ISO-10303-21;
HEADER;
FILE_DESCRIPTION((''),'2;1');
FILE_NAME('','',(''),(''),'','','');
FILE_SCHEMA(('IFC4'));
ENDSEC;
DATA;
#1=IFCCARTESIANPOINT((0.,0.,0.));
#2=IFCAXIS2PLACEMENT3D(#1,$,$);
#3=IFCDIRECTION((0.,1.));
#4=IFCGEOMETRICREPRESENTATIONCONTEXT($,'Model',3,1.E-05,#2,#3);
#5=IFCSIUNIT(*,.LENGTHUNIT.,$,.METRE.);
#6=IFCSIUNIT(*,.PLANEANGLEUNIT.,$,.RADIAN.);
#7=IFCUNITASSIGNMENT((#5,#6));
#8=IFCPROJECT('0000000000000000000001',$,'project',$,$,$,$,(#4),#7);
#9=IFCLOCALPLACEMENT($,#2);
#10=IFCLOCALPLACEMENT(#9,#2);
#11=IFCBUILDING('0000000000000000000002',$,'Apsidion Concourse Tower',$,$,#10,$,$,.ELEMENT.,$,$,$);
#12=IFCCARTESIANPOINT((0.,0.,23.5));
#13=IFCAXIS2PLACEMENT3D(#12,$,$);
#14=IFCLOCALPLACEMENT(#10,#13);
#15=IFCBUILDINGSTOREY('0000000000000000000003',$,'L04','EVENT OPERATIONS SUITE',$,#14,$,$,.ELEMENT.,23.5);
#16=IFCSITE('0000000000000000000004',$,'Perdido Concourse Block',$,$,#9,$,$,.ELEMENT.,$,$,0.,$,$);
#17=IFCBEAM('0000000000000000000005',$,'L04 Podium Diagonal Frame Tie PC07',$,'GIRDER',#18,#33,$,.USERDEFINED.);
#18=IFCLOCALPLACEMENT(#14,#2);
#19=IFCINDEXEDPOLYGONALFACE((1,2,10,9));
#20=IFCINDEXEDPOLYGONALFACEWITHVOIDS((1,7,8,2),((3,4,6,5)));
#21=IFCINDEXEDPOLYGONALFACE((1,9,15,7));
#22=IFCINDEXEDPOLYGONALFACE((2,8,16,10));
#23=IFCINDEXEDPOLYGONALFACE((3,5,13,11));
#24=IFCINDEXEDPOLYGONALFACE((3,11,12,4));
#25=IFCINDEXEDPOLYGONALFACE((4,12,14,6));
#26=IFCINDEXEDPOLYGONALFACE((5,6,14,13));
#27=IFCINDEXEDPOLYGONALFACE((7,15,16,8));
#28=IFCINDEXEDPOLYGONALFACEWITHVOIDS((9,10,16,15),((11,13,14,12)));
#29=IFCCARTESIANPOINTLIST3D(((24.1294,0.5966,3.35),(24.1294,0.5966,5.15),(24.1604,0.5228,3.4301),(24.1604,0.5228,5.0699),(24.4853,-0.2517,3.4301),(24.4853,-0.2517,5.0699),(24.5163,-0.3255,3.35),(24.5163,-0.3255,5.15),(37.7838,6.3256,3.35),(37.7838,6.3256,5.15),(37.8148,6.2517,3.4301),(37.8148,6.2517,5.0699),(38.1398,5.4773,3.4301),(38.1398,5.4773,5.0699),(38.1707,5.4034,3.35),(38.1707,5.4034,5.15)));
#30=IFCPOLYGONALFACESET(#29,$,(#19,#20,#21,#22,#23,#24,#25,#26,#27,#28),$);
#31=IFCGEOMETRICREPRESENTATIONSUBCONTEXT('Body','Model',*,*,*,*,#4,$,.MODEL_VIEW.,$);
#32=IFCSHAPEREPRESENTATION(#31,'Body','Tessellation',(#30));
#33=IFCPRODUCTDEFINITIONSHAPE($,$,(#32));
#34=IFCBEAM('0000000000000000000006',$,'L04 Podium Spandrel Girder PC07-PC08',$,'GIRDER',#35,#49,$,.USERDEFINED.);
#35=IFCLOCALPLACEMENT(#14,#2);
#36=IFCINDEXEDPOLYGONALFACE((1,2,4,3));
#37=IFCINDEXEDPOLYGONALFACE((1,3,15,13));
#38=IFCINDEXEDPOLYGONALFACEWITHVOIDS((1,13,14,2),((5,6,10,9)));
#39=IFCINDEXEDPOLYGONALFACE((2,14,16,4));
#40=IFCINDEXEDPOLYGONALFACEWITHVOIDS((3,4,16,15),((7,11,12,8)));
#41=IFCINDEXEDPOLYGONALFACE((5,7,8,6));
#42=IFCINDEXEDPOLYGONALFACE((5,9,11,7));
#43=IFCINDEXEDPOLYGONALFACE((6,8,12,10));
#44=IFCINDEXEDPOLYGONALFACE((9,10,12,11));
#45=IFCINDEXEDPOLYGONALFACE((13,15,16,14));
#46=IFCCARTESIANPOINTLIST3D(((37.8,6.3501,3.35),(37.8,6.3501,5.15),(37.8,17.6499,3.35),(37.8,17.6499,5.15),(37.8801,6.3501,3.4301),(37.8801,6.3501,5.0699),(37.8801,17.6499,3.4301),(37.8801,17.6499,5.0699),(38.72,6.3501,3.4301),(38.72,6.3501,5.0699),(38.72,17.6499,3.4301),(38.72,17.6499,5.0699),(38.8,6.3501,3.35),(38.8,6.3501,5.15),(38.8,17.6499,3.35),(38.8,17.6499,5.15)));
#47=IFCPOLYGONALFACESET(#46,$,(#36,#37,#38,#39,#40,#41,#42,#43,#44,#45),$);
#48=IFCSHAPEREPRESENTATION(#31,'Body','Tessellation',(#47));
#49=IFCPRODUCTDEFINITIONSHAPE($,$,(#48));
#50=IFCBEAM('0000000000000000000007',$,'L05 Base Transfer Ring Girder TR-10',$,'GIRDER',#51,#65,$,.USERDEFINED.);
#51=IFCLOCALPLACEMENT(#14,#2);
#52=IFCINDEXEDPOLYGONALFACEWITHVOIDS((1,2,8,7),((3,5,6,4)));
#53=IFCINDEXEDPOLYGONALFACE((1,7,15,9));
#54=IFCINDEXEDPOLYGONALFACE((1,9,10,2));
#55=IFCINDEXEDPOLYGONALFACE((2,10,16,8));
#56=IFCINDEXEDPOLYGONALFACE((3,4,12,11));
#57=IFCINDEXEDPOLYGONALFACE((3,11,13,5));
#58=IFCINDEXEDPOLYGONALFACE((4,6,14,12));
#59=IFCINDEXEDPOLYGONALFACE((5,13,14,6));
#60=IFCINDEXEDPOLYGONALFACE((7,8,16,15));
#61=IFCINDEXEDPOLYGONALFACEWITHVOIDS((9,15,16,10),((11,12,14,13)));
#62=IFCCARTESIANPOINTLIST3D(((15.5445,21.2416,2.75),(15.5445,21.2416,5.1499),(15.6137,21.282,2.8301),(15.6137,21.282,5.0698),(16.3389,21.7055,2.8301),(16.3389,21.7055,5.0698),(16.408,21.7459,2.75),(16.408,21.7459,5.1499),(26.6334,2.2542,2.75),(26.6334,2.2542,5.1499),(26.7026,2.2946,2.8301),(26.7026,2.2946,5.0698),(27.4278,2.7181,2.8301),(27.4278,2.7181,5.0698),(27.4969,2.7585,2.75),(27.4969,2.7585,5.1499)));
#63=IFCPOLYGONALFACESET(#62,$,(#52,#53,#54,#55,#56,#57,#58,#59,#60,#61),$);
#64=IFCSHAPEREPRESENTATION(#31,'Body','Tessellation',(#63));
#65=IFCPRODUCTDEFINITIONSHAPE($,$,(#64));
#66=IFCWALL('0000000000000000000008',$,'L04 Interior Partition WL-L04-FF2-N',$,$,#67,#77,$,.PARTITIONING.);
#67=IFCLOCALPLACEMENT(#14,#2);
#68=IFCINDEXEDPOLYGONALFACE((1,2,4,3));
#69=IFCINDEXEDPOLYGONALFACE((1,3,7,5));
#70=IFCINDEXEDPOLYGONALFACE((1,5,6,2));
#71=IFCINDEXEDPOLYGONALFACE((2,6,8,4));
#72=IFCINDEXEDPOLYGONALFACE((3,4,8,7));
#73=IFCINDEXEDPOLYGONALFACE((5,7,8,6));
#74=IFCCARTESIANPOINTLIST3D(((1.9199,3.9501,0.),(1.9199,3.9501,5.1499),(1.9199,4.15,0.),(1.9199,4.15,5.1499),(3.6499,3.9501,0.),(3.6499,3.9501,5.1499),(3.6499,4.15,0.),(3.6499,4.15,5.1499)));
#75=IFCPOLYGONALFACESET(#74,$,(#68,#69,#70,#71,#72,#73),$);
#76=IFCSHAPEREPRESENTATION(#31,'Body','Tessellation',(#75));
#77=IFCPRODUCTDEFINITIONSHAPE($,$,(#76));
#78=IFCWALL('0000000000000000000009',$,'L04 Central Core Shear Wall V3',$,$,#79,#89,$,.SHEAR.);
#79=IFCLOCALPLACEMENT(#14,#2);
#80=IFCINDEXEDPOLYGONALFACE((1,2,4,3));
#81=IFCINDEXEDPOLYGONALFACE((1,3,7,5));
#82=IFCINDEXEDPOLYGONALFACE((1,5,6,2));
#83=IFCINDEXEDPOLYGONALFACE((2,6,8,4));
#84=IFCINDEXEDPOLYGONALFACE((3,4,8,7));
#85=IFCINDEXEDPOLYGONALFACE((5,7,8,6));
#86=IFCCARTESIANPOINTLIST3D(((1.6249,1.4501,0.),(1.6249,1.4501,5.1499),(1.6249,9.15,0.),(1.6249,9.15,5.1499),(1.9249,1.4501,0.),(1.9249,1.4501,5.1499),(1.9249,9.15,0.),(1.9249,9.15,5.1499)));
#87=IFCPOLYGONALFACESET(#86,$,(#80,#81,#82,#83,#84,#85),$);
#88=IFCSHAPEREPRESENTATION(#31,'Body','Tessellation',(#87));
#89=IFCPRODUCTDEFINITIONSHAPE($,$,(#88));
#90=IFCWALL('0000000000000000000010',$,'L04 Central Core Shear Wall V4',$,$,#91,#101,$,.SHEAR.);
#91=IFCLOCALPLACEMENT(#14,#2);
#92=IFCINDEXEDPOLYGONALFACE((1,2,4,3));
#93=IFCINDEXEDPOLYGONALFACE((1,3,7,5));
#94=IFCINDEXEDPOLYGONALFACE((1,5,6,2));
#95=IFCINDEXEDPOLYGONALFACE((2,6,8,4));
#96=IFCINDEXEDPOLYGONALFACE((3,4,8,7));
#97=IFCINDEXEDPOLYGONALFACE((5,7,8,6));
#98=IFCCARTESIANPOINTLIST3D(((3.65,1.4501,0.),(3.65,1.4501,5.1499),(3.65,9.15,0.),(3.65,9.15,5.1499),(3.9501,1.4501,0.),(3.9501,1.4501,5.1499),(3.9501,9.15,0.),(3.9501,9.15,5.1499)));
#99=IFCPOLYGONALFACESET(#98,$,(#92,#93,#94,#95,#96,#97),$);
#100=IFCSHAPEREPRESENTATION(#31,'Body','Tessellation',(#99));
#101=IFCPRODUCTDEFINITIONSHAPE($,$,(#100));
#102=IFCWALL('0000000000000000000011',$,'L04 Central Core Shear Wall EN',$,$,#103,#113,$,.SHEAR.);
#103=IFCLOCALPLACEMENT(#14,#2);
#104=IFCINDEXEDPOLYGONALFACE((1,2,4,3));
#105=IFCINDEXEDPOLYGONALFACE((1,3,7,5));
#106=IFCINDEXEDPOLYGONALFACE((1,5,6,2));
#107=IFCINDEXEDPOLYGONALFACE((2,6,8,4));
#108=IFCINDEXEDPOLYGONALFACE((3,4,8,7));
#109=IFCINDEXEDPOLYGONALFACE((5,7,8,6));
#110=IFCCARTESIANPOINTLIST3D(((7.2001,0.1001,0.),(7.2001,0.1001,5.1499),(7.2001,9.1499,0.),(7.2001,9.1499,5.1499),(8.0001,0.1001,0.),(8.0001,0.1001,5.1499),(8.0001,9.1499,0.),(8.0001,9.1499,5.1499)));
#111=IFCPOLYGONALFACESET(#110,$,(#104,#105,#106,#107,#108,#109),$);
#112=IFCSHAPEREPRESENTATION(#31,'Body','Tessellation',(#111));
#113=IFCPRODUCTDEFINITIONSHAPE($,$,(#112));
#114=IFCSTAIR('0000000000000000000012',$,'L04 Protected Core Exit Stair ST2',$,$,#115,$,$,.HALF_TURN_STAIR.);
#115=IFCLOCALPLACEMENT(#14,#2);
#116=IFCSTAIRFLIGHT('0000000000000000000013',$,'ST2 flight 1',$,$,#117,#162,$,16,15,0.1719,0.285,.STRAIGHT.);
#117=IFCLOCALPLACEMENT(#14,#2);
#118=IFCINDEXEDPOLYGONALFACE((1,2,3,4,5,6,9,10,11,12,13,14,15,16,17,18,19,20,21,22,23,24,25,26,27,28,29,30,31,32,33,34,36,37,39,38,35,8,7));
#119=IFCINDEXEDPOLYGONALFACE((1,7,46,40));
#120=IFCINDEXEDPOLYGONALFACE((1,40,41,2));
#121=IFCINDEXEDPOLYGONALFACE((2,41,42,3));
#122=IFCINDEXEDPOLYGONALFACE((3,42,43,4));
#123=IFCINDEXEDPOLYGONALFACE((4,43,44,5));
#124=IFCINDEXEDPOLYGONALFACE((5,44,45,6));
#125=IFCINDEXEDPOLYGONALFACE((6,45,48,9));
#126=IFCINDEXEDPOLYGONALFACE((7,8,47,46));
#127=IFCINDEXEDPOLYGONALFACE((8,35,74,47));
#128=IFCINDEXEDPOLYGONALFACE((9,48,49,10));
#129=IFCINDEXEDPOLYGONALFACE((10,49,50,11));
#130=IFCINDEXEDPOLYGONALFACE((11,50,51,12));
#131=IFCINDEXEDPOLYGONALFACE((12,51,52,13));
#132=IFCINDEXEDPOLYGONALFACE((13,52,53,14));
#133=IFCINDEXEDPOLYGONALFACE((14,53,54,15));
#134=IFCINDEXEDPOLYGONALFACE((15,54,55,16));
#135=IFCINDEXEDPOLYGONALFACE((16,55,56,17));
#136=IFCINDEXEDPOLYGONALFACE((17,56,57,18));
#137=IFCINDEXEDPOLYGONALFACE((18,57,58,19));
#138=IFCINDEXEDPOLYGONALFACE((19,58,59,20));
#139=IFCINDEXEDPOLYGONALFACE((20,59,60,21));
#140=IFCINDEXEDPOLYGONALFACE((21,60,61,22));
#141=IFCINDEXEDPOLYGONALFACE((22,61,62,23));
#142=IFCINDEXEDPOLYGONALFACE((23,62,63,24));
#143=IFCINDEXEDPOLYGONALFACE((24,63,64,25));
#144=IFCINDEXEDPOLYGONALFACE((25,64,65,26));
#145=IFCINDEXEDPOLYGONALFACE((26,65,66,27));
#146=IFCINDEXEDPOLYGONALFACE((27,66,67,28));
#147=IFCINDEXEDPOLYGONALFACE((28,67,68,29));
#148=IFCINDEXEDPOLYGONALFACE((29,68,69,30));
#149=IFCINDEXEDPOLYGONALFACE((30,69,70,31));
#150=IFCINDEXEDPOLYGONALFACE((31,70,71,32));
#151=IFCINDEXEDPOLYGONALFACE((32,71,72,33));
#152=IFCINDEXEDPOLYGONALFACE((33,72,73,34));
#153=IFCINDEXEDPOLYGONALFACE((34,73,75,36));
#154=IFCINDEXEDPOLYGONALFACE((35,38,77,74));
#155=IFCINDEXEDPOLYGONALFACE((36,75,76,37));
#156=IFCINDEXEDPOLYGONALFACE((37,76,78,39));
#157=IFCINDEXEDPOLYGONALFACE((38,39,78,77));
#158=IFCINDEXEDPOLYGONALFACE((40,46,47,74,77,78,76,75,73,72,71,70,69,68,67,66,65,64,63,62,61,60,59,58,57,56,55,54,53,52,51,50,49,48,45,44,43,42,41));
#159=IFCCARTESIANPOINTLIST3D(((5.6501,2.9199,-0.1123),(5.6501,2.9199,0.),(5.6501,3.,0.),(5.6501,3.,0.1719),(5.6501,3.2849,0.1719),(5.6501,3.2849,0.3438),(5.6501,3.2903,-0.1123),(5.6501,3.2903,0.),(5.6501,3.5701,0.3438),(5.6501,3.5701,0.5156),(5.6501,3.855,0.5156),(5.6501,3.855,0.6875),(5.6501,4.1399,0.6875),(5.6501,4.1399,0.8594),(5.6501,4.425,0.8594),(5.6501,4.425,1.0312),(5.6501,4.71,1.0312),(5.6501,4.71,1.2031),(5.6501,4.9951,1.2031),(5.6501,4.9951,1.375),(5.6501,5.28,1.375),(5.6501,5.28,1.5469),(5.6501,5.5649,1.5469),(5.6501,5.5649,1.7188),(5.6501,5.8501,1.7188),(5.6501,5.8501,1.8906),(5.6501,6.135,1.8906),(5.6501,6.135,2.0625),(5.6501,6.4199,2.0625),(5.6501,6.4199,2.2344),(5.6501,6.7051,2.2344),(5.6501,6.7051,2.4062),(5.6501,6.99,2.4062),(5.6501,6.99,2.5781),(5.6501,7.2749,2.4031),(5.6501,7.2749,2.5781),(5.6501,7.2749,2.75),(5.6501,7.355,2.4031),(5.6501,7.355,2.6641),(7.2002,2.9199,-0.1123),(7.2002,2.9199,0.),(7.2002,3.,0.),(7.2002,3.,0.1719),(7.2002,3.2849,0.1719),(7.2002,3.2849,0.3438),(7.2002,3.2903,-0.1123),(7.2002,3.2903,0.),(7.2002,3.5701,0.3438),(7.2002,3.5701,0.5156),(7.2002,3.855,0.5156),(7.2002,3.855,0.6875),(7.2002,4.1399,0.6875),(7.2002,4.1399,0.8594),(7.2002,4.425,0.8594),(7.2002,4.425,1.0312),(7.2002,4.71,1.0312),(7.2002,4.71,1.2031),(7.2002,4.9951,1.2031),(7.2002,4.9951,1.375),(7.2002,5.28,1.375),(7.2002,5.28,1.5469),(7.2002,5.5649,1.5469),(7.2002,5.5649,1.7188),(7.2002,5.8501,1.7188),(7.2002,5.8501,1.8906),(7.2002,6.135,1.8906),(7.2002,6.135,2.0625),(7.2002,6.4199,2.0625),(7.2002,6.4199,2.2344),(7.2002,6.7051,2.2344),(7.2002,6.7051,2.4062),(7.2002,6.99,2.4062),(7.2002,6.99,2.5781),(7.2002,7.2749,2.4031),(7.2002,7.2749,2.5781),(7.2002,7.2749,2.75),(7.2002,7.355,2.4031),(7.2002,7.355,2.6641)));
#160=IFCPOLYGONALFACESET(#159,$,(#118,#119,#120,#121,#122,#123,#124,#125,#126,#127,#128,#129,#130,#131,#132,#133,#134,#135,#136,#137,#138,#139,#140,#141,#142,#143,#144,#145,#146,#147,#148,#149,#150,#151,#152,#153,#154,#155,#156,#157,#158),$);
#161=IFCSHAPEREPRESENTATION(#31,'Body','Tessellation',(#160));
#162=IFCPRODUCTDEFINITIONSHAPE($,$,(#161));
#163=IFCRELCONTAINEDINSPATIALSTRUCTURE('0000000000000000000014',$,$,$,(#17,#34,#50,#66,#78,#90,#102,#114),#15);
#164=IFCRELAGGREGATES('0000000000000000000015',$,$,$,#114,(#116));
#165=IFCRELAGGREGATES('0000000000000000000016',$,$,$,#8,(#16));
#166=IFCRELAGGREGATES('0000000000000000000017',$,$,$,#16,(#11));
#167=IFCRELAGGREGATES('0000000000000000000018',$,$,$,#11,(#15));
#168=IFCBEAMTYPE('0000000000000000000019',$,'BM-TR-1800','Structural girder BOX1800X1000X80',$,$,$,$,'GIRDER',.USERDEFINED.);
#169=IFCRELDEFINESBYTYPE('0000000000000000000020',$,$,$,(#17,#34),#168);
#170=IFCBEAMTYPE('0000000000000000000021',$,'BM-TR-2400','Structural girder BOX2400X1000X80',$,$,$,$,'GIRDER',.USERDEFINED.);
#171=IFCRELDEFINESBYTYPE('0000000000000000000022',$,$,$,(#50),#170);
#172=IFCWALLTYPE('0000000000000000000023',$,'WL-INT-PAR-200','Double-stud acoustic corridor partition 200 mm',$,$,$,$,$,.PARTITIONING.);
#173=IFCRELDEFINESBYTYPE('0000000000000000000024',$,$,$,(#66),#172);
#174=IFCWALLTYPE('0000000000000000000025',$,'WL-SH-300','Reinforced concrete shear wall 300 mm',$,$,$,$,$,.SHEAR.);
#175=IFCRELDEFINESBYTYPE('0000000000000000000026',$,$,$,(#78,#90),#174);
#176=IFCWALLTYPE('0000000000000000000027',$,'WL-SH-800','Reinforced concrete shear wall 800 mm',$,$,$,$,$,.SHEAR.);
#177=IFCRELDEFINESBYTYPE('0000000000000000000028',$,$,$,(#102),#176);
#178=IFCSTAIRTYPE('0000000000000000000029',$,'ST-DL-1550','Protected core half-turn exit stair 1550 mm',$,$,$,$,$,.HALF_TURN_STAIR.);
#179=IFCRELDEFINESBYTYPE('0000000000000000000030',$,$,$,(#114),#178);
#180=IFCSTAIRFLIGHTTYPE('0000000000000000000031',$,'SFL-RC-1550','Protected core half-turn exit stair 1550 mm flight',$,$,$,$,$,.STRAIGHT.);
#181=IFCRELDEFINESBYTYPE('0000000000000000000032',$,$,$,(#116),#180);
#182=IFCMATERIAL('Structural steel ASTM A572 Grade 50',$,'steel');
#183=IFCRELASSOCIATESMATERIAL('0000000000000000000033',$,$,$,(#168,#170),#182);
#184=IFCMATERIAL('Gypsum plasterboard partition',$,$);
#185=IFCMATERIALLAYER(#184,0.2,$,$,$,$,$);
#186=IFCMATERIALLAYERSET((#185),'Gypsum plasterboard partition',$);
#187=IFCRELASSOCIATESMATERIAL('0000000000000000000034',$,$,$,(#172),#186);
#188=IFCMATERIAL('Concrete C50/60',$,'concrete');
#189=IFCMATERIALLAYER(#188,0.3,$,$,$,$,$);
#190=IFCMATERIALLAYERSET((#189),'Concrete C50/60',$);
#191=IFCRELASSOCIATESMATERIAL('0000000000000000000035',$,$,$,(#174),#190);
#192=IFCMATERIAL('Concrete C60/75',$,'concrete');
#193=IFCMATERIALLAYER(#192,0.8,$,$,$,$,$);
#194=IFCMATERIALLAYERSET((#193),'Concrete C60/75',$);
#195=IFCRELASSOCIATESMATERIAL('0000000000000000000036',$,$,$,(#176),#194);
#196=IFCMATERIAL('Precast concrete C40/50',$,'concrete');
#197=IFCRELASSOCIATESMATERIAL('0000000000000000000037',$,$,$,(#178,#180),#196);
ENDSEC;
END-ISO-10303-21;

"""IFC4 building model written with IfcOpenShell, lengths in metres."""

from ifc_helpers import new_model, si_unit, direction, frame, frame_2d, origin, origin_2d, place, context, subcontext, project, spatial, polyline, rectangle, hollow_rectangle, outline, extrude, material, layer, layer_set, material_profile, profile_set, type_object, element, aggregate, save


model = new_model("IFC4")

# Units and contexts
model_context = context("Model", 3, precision=1e-05, world=origin(), true_north=direction((0.0, 1.0)))
body_context = subcontext(model_context, "Body", "Model", "MODEL_VIEW")
ifc_project = project(units=[si_unit("LENGTHUNIT", "METRE"), si_unit("PLANEANGLEUNIT", "RADIAN")], contexts=[model_context])

# Site, building, storey
site_placement = place(None, origin())
site = spatial("IfcSite", under=ifc_project, at=site_placement, Name="Perdido Concourse Block", CompositionType="ELEMENT", RefElevation=0.0)
building_placement = place(site_placement, origin())
building = spatial("IfcBuilding", under=site, at=building_placement, Name="Apsidion Concourse Tower", CompositionType="ELEMENT")
storey_placement = place(building_placement, frame((0.0, 0.0, 23.5)))
storey = spatial("IfcBuildingStorey", under=building, at=storey_placement, Name="L04", Description="EVENT OPERATIONS SUITE", CompositionType="ELEMENT", Elevation=23.5)

# Shared definitions
ifc_material_1 = material(Name="Structural steel ASTM A572 Grade 50", Category="steel")
ifc_material_2 = material(Name="Concrete C50/60", Category="concrete")
ifc_material_3 = material(Name="Concrete C60/75", Category="concrete")

# Beams
ifc_material_profile_1 = material_profile(ifc_material_1, hollow_rectangle(XDim=1.0, YDim=1.8, WallThickness=0.0801, at=origin_2d()), Name="BOX1800X1000X80")
ifc_profile_set_1 = profile_set([ifc_material_profile_1], Name="Structural steel ASTM A572 Grade 50")
beam_type_1 = type_object("IfcBeamType", Name="BM-TR-1800", Description="Structural girder BOX1800X1000X80", ElementType="GIRDER", PredefinedType="USERDEFINED", material=ifc_profile_set_1)
beam_1_placement = place(storey_placement, frame((37.9773, 5.8645, 4.25), z_axis=(-0.922124, -0.386894, 0.0), x_axis=(0.386894, -0.922124, 0.0)))
element("IfcBeam", 1, at=beam_1_placement, inside=storey, type_object=beam_type_1, Name="L04 Podium Diagonal Frame Tie PC07", ObjectType="GIRDER", PredefinedType="USERDEFINED", context=body_context, shape_type="SweptSolid", body=[
    extrude(hollow_rectangle(XDim=1.0, YDim=1.8, WallThickness=0.0801, at=origin_2d()), origin(), (0.0, 0.0, 1.0), 14.8076),
])
beam_2_placement = place(storey_placement, frame((38.3, 6.3501, 4.25), z_axis=(0.0, 1.0, 0.0), x_axis=(-1.0, 0.0, 0.0)))
element("IfcBeam", 2, at=beam_2_placement, inside=storey, type_object=beam_type_1, Name="L04 Podium Spandrel Girder PC07-PC08", ObjectType="GIRDER", PredefinedType="USERDEFINED", context=body_context, shape_type="SweptSolid", body=[
    extrude(hollow_rectangle(XDim=1.0, YDim=1.8, WallThickness=0.0801, at=origin_2d()), origin(), (0.0, 0.0, 1.0), 11.2998),
])
ifc_material_profile_2 = material_profile(ifc_material_1, hollow_rectangle(XDim=1.0, YDim=2.3999, WallThickness=0.0801, at=origin_2d()), Name="BOX2400X1000X80")
ifc_profile_set_2 = profile_set([ifc_material_profile_2], Name="Structural steel ASTM A572 Grade 50")
beam_type_2 = type_object("IfcBeamType", Name="BM-TR-2400", Description="Structural girder BOX2400X1000X80", ElementType="GIRDER", PredefinedType="USERDEFINED", material=ifc_profile_set_2)
beam_3_placement = place(storey_placement, frame((27.0652, 2.5063, 3.95), z_axis=(-0.50431, 0.863523, 0.0), x_axis=(-0.863523, -0.50431, 0.0)))
element("IfcBeam", 3, at=beam_3_placement, inside=storey, type_object=beam_type_2, Name="L05 Base Transfer Ring Girder TR-10", ObjectType="GIRDER", PredefinedType="USERDEFINED", context=body_context, shape_type="SweptSolid", body=[
    extrude(hollow_rectangle(XDim=1.0, YDim=2.3999, WallThickness=0.0801, at=origin_2d()), origin(), (0.0, 0.0, 1.0), 21.9883),
])

# Walls
ifc_material_4 = material(Name="Gypsum plasterboard partition")
ifc_layer_1 = layer(ifc_material_4, 0.2)
ifc_layer_set_1 = layer_set([ifc_layer_1], Name="Gypsum plasterboard partition")
wall_type_1 = type_object("IfcWallType", Name="WL-INT-PAR-200", Description="Double-stud acoustic corridor partition 200 mm", PredefinedType="PARTITIONING", material=ifc_layer_set_1)
wall_1_placement = place(storey_placement, frame((1.9199, 4.05, 0.0), z_axis=(0.0, 0.0, 1.0), x_axis=(1.0, 0.0, 0.0)))
element("IfcWall", 4, at=wall_1_placement, inside=storey, type_object=wall_type_1, Name="L04 Interior Partition WL-L04-FF2-N", PredefinedType="PARTITIONING", context=body_context, shape_type="SweptSolid", body=[
    extrude(rectangle(XDim=1.73, YDim=0.2, at=frame_2d((0.865, 0.0))), origin(), (0.0, 0.0, 1.0), 5.1499),
])
ifc_layer_2 = layer(ifc_material_2, 0.3)
ifc_layer_set_2 = layer_set([ifc_layer_2], Name="Concrete C50/60")
wall_type_2 = type_object("IfcWallType", Name="WL-SH-300", Description="Reinforced concrete shear wall 300 mm", PredefinedType="SHEAR", material=ifc_layer_set_2)
for number, where, z_axis, x_axis, name in (
    (5, (1.7749, 1.45, 0.0), (0.0, 0.0, 1.0), (0.0, 1.0, 0.0), "L04 Central Core Shear Wall V3"),
    (6, (3.8, 1.45, 0.0), (0.0, 0.0, 1.0), (0.0, 1.0, 0.0), "L04 Central Core Shear Wall V4"),
):
    element("IfcWall", number, at=place(storey_placement, frame(where, z_axis=z_axis, x_axis=x_axis)), inside=storey, type_object=wall_type_2, Name=name, PredefinedType="SHEAR", context=body_context, shape_type="SweptSolid", body=[
        extrude(rectangle(XDim=7.7, YDim=0.3, at=frame_2d((3.8501, 0.0))), origin(), (0.0, 0.0, 1.0), 5.1499),
    ])
ifc_layer_3 = layer(ifc_material_3, 0.8)
ifc_layer_set_3 = layer_set([ifc_layer_3], Name="Concrete C60/75")
wall_type_3 = type_object("IfcWallType", Name="WL-SH-800", Description="Reinforced concrete shear wall 800 mm", PredefinedType="SHEAR", material=ifc_layer_set_3)
wall_2_placement = place(storey_placement, frame((7.6001, 0.1001, 0.0), z_axis=(0.0, 0.0, 1.0), x_axis=(0.0, 1.0, 0.0)))
element("IfcWall", 7, at=wall_2_placement, inside=storey, type_object=wall_type_3, Name="L04 Central Core Shear Wall EN", PredefinedType="SHEAR", context=body_context, shape_type="SweptSolid", body=[
    extrude(rectangle(XDim=9.0498, YDim=0.8, at=frame_2d((4.5249, 0.0))), origin(), (0.0, 0.0, 1.0), 5.1499),
])

# Stair, stair flight
ifc_material_5 = material(Name="Precast concrete C40/50", Category="concrete")
stair_type = type_object("IfcStairType", Name="ST-DL-1550", Description="Protected core half-turn exit stair 1550 mm", PredefinedType="HALF_TURN_STAIR", material=ifc_material_5)
stair_1_placement = place(storey_placement, origin())
stair_1 = element("IfcStair", 8, at=stair_1_placement, inside=storey, type_object=stair_type, Name="L04 Protected Core Exit Stair ST2", PredefinedType="HALF_TURN_STAIR")
stair_flight_type = type_object("IfcStairFlightType", Name="SFL-RC-1550", Description="Protected core half-turn exit stair 1550 mm flight", PredefinedType="STRAIGHT", material=ifc_material_5)
stair_flight_1_placement = place(storey_placement, frame((6.425, 3.0, 0.0), z_axis=(0.0, 0.0, 1.0), x_axis=(0.0, 1.0, 0.0)))
stair_flight_1 = element("IfcStairFlight", 9, at=stair_flight_1_placement, type_object=stair_flight_type, Name="ST2 flight 1", NumberOfRisers=16, NumberOfTreads=15, PredefinedType="STRAIGHT", RiserHeight=0.1719, TreadLength=0.285, context=body_context, shape_type="SweptSolid", body=[
    extrude(outline(polyline([(-0.0801, -0.1123), (-0.0801, 0.0), (0.0, 0.0), (0.0, 0.1719), (0.2849, 0.1719), (0.2849, 0.3438), (0.5701, 0.3438), (0.5701, 0.5156), (0.855, 0.5156), (0.855, 0.6875), (1.1399, 0.6875), (1.1399, 0.8594), (1.425, 0.8594), (1.425, 1.0312), (1.71, 1.0312), (1.71, 1.2031), (1.9951, 1.2031), (1.9951, 1.375), (2.28, 1.375), (2.28, 1.5469), (2.5649, 1.5469), (2.5649, 1.7188), (2.8501, 1.7188), (2.8501, 1.8906), (3.135, 1.8906), (3.135, 2.0625), (3.4199, 2.0625), (3.4199, 2.2344), (3.7051, 2.2344), (3.7051, 2.4062), (3.99, 2.4062), (3.99, 2.5781), (4.2749, 2.5781), (4.2749, 2.75), (4.355, 2.6641), (4.355, 2.4031), (4.2749, 2.4031), (0.2903, 0.0), (0.2903, -0.1123), (-0.0801, -0.1123)])), frame((0.0, 0.7749, 0.0), z_axis=(0.0, -1.0, 0.0), x_axis=(1.0, 0.0, 0.0)), (0.0, 0.0, 1.0), 1.55),
])
aggregate(stair_1, [stair_flight_1])

save(model, "model.ifc")
